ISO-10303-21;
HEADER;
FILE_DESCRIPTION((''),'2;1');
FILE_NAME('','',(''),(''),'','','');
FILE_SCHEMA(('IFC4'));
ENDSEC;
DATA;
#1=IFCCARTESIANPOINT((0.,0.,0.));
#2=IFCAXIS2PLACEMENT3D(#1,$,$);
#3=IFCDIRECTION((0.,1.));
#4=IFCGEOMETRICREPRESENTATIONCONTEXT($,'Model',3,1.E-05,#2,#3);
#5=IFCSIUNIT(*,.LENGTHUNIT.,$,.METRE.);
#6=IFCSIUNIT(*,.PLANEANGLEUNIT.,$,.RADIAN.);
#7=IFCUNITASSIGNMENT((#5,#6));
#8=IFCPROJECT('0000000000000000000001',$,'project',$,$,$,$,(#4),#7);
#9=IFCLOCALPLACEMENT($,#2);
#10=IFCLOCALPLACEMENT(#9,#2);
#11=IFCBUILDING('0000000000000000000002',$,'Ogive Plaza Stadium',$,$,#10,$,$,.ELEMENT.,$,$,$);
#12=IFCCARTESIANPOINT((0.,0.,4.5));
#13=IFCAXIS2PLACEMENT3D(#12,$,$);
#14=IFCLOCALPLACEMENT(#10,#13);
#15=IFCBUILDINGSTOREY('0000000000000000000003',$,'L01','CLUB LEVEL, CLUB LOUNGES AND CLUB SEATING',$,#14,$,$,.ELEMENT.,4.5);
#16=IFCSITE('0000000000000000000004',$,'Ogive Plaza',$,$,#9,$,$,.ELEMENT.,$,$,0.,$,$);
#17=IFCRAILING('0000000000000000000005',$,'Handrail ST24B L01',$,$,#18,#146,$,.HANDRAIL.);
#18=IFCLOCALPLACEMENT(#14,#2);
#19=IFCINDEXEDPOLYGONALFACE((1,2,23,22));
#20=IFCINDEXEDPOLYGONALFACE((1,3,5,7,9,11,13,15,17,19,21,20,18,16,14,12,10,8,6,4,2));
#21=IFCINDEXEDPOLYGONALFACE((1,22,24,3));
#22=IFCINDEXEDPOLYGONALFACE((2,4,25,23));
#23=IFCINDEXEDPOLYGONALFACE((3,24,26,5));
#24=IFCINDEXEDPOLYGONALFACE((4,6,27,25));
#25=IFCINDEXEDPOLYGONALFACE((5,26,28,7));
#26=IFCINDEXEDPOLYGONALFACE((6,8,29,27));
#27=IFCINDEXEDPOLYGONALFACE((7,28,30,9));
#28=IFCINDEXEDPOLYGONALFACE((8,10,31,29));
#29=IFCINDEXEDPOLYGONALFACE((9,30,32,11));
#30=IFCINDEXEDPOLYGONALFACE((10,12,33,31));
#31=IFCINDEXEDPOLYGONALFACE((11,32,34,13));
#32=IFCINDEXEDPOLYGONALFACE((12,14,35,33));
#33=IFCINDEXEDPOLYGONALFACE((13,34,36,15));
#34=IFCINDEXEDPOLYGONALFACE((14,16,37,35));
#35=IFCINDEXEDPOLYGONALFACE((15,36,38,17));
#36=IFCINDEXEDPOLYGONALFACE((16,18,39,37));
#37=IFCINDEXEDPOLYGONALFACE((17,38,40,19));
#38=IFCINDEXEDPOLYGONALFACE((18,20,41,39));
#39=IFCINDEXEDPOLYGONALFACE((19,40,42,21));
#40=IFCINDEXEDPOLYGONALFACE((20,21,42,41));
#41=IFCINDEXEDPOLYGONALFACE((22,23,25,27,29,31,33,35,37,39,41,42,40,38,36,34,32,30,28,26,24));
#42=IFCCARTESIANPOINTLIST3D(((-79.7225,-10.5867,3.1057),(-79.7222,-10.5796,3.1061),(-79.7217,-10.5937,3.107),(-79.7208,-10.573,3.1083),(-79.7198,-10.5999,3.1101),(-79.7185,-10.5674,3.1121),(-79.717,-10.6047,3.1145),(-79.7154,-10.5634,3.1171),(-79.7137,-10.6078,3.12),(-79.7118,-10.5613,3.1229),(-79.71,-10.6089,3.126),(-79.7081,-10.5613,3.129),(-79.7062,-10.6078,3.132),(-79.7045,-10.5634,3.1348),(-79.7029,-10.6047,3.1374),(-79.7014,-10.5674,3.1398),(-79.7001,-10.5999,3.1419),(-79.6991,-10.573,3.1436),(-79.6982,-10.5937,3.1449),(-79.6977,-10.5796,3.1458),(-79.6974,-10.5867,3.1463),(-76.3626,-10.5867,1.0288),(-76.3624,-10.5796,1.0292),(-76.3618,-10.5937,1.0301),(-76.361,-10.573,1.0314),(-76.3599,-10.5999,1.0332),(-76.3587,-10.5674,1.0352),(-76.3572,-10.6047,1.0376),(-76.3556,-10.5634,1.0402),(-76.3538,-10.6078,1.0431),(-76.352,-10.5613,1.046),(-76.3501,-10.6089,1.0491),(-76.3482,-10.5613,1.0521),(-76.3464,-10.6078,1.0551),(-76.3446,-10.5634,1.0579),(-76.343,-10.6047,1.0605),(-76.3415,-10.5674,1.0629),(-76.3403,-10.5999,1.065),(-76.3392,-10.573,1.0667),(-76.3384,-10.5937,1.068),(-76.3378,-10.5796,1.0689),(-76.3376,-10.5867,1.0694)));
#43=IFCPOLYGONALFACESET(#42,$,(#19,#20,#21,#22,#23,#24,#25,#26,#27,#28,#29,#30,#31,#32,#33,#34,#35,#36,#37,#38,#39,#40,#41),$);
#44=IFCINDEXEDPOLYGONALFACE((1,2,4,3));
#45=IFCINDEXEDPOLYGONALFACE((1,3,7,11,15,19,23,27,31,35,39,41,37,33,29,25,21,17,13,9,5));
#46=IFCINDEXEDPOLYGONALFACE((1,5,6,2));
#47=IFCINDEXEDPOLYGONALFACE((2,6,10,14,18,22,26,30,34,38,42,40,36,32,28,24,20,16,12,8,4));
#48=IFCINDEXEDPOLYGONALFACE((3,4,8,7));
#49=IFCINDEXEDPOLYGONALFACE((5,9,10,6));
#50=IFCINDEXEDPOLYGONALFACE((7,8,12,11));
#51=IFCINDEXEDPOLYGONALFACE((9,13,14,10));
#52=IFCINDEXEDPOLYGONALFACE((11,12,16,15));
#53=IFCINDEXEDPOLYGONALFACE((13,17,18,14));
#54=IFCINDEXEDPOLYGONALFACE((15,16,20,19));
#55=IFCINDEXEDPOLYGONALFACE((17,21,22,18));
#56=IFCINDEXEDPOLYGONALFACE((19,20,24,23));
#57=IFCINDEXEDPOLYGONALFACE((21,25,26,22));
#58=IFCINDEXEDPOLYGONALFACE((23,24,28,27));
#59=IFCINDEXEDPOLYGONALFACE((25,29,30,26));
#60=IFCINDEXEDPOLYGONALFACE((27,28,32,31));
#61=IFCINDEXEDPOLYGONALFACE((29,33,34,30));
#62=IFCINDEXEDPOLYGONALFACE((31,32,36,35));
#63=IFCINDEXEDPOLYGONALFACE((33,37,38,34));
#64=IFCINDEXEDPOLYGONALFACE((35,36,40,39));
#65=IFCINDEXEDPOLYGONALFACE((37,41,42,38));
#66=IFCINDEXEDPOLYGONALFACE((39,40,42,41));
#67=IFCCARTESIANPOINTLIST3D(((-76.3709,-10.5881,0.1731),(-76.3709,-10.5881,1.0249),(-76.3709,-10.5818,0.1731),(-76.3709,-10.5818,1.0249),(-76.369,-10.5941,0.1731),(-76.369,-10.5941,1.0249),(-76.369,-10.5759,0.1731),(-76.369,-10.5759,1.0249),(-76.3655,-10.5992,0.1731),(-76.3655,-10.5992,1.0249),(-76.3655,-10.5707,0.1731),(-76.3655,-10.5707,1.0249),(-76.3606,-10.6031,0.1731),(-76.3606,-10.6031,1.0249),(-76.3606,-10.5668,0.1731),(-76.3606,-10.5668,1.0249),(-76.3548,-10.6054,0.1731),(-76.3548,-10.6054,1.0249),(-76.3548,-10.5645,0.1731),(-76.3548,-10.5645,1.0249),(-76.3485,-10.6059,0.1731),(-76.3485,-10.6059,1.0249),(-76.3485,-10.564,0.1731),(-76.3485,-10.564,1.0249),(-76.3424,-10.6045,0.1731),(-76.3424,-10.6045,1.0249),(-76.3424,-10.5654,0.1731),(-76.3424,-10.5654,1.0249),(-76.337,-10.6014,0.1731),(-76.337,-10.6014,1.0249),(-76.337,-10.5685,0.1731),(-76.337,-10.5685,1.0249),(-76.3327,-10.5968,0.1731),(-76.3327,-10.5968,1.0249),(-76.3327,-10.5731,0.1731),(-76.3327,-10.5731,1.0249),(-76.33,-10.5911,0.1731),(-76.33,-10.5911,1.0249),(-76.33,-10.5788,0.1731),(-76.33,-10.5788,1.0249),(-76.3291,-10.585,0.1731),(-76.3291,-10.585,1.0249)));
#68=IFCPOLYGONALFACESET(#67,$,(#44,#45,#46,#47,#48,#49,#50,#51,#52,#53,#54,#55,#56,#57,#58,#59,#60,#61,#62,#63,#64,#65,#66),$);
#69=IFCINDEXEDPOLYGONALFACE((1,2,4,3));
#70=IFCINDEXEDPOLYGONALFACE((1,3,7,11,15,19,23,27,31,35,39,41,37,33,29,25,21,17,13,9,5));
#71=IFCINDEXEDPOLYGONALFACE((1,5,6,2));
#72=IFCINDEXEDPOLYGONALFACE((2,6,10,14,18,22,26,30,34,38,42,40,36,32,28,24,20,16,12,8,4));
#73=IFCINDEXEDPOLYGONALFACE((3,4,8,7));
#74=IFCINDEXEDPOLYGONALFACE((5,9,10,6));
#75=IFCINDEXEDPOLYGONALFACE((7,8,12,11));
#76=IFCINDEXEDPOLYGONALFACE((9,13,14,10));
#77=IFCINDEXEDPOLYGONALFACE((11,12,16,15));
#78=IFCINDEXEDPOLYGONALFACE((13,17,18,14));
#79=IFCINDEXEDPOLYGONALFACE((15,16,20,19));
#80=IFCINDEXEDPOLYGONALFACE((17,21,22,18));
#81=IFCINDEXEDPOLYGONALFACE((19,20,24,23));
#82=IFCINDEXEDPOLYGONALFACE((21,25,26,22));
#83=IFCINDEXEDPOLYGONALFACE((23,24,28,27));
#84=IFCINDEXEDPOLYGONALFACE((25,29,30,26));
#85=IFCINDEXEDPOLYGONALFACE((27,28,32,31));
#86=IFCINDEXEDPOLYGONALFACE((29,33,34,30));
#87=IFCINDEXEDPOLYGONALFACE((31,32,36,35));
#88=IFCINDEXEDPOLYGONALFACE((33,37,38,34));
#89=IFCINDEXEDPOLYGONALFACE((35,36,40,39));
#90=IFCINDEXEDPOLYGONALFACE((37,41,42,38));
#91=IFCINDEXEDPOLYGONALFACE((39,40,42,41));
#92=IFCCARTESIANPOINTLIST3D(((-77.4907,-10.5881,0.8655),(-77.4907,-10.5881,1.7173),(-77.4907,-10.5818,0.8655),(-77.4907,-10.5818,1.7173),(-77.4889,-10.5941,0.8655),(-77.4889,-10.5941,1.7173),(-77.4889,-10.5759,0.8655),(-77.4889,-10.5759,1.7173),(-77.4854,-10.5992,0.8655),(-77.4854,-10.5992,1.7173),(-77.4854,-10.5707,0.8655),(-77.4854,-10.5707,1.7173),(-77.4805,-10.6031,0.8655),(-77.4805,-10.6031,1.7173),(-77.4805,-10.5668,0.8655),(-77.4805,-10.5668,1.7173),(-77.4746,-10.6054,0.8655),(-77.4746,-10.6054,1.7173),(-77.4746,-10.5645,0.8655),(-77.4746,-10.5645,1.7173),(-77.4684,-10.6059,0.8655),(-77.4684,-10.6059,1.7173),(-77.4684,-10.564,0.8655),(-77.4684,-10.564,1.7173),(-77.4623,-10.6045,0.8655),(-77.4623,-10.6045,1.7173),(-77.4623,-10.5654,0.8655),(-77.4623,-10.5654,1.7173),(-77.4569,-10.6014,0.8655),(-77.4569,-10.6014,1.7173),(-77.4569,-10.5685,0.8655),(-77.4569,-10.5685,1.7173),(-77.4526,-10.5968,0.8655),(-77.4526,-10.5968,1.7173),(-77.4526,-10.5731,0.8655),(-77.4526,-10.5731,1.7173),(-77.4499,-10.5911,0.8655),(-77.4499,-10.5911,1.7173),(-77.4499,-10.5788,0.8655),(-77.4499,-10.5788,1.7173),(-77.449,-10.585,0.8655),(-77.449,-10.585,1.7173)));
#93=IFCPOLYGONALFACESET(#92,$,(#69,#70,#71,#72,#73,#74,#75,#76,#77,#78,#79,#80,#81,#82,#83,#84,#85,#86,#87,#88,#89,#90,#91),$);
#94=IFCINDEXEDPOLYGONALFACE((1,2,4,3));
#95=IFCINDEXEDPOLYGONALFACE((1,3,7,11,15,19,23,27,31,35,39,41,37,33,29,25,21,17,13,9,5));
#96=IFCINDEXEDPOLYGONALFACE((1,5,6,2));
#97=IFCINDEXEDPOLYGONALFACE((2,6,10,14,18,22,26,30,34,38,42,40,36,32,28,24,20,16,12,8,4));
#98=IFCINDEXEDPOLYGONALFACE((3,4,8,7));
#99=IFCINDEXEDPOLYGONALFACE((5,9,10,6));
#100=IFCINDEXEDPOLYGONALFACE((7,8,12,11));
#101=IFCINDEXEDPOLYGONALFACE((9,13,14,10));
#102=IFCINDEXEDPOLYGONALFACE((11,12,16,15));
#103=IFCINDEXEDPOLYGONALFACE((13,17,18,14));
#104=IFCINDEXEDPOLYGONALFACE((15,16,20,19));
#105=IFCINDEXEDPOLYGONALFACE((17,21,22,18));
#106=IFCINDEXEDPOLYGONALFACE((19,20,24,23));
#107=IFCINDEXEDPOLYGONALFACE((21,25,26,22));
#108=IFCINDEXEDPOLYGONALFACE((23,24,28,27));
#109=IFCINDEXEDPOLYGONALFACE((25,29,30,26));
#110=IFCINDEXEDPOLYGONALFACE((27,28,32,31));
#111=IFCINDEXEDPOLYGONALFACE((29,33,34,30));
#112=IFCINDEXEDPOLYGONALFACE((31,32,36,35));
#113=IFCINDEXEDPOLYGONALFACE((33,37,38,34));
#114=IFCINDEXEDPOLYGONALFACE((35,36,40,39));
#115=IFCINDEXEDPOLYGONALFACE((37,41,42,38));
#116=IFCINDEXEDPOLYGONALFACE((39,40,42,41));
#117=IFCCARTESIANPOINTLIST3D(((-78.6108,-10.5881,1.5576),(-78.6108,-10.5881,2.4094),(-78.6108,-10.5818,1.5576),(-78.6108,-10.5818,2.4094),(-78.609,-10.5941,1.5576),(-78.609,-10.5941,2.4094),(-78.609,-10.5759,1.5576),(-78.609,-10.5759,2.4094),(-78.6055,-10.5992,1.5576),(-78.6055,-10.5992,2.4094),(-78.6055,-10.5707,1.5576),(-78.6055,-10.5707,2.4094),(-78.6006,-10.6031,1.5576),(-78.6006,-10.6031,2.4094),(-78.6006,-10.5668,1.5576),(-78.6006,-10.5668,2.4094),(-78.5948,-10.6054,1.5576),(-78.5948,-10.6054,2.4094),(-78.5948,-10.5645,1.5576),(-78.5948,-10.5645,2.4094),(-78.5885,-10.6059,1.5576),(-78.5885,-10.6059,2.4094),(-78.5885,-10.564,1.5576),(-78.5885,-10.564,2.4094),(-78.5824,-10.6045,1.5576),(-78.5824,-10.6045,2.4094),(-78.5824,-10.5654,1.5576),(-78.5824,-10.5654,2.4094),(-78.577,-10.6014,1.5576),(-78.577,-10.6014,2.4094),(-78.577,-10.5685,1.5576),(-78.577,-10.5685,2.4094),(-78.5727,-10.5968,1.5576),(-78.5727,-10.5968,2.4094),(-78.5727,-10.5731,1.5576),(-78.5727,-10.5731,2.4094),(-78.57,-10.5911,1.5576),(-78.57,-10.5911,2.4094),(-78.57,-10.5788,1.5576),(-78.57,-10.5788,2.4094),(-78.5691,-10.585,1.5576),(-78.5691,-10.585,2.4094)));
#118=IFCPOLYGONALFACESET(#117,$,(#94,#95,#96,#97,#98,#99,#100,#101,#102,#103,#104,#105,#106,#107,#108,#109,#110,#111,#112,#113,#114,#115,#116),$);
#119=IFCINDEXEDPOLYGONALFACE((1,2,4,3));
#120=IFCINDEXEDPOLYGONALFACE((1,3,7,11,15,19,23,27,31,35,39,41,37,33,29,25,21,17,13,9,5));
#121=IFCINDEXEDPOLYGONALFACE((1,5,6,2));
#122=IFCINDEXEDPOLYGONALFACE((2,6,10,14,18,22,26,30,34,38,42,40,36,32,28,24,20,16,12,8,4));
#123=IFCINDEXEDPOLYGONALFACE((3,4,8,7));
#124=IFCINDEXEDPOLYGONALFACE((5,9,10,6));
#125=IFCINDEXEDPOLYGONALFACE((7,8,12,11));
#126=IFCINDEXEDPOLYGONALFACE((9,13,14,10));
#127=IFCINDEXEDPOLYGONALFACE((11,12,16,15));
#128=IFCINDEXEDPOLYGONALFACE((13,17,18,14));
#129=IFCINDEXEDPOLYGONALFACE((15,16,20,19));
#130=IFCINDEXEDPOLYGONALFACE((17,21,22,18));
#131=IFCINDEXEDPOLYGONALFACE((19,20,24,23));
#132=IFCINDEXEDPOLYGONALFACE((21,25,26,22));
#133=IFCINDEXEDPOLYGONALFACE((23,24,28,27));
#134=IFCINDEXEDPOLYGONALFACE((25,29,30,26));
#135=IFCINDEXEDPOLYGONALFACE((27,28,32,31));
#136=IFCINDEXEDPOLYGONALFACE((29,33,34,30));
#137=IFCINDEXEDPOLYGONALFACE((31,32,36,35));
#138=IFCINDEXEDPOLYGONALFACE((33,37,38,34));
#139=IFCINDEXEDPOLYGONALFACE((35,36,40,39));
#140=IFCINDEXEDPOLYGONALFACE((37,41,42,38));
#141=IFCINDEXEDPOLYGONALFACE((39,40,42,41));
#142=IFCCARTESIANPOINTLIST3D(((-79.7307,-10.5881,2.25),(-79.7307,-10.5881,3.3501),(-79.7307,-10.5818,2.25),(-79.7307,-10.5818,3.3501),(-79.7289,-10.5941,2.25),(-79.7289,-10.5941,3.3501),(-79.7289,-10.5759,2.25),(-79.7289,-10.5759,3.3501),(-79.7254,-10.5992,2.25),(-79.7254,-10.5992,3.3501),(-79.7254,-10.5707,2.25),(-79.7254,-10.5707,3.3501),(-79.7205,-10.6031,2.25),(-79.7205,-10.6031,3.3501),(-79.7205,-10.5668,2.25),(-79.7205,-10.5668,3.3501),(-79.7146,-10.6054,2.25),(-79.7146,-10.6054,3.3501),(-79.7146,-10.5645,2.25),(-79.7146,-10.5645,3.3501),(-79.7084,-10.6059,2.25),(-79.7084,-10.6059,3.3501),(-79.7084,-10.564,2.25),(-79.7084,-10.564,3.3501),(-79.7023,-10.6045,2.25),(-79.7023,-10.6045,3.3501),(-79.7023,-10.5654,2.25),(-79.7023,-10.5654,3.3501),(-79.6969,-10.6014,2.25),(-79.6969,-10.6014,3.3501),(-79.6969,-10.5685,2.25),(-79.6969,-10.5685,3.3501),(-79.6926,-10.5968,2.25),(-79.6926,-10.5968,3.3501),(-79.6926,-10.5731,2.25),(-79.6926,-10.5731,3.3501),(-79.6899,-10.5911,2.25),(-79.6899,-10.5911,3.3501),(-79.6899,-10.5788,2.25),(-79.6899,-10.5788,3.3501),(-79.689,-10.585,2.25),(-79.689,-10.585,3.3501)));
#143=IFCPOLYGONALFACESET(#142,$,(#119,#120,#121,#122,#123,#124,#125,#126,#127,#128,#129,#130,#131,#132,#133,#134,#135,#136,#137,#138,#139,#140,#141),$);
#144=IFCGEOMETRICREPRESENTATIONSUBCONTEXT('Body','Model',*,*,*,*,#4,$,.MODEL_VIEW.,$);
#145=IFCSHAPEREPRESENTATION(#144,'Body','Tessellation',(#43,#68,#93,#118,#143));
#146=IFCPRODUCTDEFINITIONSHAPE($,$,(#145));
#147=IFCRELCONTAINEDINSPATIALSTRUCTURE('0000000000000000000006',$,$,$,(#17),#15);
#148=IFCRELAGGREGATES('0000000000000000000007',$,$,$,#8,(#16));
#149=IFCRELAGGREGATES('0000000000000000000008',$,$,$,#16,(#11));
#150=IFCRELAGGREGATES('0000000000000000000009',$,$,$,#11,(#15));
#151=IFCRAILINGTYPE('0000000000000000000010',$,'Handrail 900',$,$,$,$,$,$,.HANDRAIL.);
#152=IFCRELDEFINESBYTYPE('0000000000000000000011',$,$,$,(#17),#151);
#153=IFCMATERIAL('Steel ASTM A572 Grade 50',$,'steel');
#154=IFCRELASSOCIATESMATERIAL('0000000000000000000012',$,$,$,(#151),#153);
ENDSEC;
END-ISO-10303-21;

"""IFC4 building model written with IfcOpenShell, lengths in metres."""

from ifc_helpers import new_model, si_unit, direction, frame, origin, origin_2d, place, context, subcontext, project, spatial, circle, extrude, material, type_object, element, save


model = new_model("IFC4")

# Units and contexts
model_context = context("Model", 3, precision=1e-05, world=origin(), true_north=direction((0.0, 1.0)))
body_context = subcontext(model_context, "Body", "Model", "MODEL_VIEW")
ifc_project = project(units=[si_unit("LENGTHUNIT", "METRE"), si_unit("PLANEANGLEUNIT", "RADIAN")], contexts=[model_context])

# Site, building, storey
site_placement = place(None, origin())
site = spatial("IfcSite", under=ifc_project, at=site_placement, Name="Ogive Plaza", CompositionType="ELEMENT", RefElevation=0.0)
building_placement = place(site_placement, origin())
building = spatial("IfcBuilding", under=site, at=building_placement, Name="Ogive Plaza Stadium", CompositionType="ELEMENT")
storey_placement = place(building_placement, frame((0.0, 0.0, 4.5)))
storey = spatial("IfcBuildingStorey", under=building, at=storey_placement, Name="L01", Description="CLUB LEVEL, CLUB LOUNGES AND CLUB SEATING", CompositionType="ELEMENT", Elevation=4.5)

# Railing
ifc_material_1 = material(Name="Steel ASTM A572 Grade 50", Category="steel")
railing_type_1 = type_object("IfcRailingType", Name="Handrail 900", PredefinedType="HANDRAIL", material=ifc_material_1)
for number, where, name in (
    (1, (-76.3501, -10.585, 0.1731), "Handrail ST24B L01"),
):
    element("IfcRailing", number, at=place(storey_placement, frame(where)), inside=storey, type_object=railing_type_1, Name=name, PredefinedType="HANDRAIL", context=body_context, shape_type="SweptSolid", body=[
        extrude(circle(Radius=0.0239, at=origin_2d()), frame((0.0, 0.0, 0.876), z_axis=(-0.850606, 0.0, 0.525803), x_axis=(0.0, -1.0, 0.0)), (0.0, 0.0, 1.0), 3.95),
        extrude(circle(Radius=0.021, at=origin_2d()), origin(), (0.0, 0.0, 1.0), 0.8518),
        extrude(circle(Radius=0.021, at=origin_2d()), frame((-1.1199, 0.0, 0.6924)), (0.0, 0.0, 1.0), 0.8518),
        extrude(circle(Radius=0.021, at=origin_2d()), frame((-2.24, 0.0, 1.3845)), (0.0, 0.0, 1.0), 0.8518),
        extrude(circle(Radius=0.021, at=origin_2d()), frame((-3.3599, 0.0, 2.0769)), (0.0, 0.0, 1.0), 1.1001),
    ])

save(model, "model.ifc")
